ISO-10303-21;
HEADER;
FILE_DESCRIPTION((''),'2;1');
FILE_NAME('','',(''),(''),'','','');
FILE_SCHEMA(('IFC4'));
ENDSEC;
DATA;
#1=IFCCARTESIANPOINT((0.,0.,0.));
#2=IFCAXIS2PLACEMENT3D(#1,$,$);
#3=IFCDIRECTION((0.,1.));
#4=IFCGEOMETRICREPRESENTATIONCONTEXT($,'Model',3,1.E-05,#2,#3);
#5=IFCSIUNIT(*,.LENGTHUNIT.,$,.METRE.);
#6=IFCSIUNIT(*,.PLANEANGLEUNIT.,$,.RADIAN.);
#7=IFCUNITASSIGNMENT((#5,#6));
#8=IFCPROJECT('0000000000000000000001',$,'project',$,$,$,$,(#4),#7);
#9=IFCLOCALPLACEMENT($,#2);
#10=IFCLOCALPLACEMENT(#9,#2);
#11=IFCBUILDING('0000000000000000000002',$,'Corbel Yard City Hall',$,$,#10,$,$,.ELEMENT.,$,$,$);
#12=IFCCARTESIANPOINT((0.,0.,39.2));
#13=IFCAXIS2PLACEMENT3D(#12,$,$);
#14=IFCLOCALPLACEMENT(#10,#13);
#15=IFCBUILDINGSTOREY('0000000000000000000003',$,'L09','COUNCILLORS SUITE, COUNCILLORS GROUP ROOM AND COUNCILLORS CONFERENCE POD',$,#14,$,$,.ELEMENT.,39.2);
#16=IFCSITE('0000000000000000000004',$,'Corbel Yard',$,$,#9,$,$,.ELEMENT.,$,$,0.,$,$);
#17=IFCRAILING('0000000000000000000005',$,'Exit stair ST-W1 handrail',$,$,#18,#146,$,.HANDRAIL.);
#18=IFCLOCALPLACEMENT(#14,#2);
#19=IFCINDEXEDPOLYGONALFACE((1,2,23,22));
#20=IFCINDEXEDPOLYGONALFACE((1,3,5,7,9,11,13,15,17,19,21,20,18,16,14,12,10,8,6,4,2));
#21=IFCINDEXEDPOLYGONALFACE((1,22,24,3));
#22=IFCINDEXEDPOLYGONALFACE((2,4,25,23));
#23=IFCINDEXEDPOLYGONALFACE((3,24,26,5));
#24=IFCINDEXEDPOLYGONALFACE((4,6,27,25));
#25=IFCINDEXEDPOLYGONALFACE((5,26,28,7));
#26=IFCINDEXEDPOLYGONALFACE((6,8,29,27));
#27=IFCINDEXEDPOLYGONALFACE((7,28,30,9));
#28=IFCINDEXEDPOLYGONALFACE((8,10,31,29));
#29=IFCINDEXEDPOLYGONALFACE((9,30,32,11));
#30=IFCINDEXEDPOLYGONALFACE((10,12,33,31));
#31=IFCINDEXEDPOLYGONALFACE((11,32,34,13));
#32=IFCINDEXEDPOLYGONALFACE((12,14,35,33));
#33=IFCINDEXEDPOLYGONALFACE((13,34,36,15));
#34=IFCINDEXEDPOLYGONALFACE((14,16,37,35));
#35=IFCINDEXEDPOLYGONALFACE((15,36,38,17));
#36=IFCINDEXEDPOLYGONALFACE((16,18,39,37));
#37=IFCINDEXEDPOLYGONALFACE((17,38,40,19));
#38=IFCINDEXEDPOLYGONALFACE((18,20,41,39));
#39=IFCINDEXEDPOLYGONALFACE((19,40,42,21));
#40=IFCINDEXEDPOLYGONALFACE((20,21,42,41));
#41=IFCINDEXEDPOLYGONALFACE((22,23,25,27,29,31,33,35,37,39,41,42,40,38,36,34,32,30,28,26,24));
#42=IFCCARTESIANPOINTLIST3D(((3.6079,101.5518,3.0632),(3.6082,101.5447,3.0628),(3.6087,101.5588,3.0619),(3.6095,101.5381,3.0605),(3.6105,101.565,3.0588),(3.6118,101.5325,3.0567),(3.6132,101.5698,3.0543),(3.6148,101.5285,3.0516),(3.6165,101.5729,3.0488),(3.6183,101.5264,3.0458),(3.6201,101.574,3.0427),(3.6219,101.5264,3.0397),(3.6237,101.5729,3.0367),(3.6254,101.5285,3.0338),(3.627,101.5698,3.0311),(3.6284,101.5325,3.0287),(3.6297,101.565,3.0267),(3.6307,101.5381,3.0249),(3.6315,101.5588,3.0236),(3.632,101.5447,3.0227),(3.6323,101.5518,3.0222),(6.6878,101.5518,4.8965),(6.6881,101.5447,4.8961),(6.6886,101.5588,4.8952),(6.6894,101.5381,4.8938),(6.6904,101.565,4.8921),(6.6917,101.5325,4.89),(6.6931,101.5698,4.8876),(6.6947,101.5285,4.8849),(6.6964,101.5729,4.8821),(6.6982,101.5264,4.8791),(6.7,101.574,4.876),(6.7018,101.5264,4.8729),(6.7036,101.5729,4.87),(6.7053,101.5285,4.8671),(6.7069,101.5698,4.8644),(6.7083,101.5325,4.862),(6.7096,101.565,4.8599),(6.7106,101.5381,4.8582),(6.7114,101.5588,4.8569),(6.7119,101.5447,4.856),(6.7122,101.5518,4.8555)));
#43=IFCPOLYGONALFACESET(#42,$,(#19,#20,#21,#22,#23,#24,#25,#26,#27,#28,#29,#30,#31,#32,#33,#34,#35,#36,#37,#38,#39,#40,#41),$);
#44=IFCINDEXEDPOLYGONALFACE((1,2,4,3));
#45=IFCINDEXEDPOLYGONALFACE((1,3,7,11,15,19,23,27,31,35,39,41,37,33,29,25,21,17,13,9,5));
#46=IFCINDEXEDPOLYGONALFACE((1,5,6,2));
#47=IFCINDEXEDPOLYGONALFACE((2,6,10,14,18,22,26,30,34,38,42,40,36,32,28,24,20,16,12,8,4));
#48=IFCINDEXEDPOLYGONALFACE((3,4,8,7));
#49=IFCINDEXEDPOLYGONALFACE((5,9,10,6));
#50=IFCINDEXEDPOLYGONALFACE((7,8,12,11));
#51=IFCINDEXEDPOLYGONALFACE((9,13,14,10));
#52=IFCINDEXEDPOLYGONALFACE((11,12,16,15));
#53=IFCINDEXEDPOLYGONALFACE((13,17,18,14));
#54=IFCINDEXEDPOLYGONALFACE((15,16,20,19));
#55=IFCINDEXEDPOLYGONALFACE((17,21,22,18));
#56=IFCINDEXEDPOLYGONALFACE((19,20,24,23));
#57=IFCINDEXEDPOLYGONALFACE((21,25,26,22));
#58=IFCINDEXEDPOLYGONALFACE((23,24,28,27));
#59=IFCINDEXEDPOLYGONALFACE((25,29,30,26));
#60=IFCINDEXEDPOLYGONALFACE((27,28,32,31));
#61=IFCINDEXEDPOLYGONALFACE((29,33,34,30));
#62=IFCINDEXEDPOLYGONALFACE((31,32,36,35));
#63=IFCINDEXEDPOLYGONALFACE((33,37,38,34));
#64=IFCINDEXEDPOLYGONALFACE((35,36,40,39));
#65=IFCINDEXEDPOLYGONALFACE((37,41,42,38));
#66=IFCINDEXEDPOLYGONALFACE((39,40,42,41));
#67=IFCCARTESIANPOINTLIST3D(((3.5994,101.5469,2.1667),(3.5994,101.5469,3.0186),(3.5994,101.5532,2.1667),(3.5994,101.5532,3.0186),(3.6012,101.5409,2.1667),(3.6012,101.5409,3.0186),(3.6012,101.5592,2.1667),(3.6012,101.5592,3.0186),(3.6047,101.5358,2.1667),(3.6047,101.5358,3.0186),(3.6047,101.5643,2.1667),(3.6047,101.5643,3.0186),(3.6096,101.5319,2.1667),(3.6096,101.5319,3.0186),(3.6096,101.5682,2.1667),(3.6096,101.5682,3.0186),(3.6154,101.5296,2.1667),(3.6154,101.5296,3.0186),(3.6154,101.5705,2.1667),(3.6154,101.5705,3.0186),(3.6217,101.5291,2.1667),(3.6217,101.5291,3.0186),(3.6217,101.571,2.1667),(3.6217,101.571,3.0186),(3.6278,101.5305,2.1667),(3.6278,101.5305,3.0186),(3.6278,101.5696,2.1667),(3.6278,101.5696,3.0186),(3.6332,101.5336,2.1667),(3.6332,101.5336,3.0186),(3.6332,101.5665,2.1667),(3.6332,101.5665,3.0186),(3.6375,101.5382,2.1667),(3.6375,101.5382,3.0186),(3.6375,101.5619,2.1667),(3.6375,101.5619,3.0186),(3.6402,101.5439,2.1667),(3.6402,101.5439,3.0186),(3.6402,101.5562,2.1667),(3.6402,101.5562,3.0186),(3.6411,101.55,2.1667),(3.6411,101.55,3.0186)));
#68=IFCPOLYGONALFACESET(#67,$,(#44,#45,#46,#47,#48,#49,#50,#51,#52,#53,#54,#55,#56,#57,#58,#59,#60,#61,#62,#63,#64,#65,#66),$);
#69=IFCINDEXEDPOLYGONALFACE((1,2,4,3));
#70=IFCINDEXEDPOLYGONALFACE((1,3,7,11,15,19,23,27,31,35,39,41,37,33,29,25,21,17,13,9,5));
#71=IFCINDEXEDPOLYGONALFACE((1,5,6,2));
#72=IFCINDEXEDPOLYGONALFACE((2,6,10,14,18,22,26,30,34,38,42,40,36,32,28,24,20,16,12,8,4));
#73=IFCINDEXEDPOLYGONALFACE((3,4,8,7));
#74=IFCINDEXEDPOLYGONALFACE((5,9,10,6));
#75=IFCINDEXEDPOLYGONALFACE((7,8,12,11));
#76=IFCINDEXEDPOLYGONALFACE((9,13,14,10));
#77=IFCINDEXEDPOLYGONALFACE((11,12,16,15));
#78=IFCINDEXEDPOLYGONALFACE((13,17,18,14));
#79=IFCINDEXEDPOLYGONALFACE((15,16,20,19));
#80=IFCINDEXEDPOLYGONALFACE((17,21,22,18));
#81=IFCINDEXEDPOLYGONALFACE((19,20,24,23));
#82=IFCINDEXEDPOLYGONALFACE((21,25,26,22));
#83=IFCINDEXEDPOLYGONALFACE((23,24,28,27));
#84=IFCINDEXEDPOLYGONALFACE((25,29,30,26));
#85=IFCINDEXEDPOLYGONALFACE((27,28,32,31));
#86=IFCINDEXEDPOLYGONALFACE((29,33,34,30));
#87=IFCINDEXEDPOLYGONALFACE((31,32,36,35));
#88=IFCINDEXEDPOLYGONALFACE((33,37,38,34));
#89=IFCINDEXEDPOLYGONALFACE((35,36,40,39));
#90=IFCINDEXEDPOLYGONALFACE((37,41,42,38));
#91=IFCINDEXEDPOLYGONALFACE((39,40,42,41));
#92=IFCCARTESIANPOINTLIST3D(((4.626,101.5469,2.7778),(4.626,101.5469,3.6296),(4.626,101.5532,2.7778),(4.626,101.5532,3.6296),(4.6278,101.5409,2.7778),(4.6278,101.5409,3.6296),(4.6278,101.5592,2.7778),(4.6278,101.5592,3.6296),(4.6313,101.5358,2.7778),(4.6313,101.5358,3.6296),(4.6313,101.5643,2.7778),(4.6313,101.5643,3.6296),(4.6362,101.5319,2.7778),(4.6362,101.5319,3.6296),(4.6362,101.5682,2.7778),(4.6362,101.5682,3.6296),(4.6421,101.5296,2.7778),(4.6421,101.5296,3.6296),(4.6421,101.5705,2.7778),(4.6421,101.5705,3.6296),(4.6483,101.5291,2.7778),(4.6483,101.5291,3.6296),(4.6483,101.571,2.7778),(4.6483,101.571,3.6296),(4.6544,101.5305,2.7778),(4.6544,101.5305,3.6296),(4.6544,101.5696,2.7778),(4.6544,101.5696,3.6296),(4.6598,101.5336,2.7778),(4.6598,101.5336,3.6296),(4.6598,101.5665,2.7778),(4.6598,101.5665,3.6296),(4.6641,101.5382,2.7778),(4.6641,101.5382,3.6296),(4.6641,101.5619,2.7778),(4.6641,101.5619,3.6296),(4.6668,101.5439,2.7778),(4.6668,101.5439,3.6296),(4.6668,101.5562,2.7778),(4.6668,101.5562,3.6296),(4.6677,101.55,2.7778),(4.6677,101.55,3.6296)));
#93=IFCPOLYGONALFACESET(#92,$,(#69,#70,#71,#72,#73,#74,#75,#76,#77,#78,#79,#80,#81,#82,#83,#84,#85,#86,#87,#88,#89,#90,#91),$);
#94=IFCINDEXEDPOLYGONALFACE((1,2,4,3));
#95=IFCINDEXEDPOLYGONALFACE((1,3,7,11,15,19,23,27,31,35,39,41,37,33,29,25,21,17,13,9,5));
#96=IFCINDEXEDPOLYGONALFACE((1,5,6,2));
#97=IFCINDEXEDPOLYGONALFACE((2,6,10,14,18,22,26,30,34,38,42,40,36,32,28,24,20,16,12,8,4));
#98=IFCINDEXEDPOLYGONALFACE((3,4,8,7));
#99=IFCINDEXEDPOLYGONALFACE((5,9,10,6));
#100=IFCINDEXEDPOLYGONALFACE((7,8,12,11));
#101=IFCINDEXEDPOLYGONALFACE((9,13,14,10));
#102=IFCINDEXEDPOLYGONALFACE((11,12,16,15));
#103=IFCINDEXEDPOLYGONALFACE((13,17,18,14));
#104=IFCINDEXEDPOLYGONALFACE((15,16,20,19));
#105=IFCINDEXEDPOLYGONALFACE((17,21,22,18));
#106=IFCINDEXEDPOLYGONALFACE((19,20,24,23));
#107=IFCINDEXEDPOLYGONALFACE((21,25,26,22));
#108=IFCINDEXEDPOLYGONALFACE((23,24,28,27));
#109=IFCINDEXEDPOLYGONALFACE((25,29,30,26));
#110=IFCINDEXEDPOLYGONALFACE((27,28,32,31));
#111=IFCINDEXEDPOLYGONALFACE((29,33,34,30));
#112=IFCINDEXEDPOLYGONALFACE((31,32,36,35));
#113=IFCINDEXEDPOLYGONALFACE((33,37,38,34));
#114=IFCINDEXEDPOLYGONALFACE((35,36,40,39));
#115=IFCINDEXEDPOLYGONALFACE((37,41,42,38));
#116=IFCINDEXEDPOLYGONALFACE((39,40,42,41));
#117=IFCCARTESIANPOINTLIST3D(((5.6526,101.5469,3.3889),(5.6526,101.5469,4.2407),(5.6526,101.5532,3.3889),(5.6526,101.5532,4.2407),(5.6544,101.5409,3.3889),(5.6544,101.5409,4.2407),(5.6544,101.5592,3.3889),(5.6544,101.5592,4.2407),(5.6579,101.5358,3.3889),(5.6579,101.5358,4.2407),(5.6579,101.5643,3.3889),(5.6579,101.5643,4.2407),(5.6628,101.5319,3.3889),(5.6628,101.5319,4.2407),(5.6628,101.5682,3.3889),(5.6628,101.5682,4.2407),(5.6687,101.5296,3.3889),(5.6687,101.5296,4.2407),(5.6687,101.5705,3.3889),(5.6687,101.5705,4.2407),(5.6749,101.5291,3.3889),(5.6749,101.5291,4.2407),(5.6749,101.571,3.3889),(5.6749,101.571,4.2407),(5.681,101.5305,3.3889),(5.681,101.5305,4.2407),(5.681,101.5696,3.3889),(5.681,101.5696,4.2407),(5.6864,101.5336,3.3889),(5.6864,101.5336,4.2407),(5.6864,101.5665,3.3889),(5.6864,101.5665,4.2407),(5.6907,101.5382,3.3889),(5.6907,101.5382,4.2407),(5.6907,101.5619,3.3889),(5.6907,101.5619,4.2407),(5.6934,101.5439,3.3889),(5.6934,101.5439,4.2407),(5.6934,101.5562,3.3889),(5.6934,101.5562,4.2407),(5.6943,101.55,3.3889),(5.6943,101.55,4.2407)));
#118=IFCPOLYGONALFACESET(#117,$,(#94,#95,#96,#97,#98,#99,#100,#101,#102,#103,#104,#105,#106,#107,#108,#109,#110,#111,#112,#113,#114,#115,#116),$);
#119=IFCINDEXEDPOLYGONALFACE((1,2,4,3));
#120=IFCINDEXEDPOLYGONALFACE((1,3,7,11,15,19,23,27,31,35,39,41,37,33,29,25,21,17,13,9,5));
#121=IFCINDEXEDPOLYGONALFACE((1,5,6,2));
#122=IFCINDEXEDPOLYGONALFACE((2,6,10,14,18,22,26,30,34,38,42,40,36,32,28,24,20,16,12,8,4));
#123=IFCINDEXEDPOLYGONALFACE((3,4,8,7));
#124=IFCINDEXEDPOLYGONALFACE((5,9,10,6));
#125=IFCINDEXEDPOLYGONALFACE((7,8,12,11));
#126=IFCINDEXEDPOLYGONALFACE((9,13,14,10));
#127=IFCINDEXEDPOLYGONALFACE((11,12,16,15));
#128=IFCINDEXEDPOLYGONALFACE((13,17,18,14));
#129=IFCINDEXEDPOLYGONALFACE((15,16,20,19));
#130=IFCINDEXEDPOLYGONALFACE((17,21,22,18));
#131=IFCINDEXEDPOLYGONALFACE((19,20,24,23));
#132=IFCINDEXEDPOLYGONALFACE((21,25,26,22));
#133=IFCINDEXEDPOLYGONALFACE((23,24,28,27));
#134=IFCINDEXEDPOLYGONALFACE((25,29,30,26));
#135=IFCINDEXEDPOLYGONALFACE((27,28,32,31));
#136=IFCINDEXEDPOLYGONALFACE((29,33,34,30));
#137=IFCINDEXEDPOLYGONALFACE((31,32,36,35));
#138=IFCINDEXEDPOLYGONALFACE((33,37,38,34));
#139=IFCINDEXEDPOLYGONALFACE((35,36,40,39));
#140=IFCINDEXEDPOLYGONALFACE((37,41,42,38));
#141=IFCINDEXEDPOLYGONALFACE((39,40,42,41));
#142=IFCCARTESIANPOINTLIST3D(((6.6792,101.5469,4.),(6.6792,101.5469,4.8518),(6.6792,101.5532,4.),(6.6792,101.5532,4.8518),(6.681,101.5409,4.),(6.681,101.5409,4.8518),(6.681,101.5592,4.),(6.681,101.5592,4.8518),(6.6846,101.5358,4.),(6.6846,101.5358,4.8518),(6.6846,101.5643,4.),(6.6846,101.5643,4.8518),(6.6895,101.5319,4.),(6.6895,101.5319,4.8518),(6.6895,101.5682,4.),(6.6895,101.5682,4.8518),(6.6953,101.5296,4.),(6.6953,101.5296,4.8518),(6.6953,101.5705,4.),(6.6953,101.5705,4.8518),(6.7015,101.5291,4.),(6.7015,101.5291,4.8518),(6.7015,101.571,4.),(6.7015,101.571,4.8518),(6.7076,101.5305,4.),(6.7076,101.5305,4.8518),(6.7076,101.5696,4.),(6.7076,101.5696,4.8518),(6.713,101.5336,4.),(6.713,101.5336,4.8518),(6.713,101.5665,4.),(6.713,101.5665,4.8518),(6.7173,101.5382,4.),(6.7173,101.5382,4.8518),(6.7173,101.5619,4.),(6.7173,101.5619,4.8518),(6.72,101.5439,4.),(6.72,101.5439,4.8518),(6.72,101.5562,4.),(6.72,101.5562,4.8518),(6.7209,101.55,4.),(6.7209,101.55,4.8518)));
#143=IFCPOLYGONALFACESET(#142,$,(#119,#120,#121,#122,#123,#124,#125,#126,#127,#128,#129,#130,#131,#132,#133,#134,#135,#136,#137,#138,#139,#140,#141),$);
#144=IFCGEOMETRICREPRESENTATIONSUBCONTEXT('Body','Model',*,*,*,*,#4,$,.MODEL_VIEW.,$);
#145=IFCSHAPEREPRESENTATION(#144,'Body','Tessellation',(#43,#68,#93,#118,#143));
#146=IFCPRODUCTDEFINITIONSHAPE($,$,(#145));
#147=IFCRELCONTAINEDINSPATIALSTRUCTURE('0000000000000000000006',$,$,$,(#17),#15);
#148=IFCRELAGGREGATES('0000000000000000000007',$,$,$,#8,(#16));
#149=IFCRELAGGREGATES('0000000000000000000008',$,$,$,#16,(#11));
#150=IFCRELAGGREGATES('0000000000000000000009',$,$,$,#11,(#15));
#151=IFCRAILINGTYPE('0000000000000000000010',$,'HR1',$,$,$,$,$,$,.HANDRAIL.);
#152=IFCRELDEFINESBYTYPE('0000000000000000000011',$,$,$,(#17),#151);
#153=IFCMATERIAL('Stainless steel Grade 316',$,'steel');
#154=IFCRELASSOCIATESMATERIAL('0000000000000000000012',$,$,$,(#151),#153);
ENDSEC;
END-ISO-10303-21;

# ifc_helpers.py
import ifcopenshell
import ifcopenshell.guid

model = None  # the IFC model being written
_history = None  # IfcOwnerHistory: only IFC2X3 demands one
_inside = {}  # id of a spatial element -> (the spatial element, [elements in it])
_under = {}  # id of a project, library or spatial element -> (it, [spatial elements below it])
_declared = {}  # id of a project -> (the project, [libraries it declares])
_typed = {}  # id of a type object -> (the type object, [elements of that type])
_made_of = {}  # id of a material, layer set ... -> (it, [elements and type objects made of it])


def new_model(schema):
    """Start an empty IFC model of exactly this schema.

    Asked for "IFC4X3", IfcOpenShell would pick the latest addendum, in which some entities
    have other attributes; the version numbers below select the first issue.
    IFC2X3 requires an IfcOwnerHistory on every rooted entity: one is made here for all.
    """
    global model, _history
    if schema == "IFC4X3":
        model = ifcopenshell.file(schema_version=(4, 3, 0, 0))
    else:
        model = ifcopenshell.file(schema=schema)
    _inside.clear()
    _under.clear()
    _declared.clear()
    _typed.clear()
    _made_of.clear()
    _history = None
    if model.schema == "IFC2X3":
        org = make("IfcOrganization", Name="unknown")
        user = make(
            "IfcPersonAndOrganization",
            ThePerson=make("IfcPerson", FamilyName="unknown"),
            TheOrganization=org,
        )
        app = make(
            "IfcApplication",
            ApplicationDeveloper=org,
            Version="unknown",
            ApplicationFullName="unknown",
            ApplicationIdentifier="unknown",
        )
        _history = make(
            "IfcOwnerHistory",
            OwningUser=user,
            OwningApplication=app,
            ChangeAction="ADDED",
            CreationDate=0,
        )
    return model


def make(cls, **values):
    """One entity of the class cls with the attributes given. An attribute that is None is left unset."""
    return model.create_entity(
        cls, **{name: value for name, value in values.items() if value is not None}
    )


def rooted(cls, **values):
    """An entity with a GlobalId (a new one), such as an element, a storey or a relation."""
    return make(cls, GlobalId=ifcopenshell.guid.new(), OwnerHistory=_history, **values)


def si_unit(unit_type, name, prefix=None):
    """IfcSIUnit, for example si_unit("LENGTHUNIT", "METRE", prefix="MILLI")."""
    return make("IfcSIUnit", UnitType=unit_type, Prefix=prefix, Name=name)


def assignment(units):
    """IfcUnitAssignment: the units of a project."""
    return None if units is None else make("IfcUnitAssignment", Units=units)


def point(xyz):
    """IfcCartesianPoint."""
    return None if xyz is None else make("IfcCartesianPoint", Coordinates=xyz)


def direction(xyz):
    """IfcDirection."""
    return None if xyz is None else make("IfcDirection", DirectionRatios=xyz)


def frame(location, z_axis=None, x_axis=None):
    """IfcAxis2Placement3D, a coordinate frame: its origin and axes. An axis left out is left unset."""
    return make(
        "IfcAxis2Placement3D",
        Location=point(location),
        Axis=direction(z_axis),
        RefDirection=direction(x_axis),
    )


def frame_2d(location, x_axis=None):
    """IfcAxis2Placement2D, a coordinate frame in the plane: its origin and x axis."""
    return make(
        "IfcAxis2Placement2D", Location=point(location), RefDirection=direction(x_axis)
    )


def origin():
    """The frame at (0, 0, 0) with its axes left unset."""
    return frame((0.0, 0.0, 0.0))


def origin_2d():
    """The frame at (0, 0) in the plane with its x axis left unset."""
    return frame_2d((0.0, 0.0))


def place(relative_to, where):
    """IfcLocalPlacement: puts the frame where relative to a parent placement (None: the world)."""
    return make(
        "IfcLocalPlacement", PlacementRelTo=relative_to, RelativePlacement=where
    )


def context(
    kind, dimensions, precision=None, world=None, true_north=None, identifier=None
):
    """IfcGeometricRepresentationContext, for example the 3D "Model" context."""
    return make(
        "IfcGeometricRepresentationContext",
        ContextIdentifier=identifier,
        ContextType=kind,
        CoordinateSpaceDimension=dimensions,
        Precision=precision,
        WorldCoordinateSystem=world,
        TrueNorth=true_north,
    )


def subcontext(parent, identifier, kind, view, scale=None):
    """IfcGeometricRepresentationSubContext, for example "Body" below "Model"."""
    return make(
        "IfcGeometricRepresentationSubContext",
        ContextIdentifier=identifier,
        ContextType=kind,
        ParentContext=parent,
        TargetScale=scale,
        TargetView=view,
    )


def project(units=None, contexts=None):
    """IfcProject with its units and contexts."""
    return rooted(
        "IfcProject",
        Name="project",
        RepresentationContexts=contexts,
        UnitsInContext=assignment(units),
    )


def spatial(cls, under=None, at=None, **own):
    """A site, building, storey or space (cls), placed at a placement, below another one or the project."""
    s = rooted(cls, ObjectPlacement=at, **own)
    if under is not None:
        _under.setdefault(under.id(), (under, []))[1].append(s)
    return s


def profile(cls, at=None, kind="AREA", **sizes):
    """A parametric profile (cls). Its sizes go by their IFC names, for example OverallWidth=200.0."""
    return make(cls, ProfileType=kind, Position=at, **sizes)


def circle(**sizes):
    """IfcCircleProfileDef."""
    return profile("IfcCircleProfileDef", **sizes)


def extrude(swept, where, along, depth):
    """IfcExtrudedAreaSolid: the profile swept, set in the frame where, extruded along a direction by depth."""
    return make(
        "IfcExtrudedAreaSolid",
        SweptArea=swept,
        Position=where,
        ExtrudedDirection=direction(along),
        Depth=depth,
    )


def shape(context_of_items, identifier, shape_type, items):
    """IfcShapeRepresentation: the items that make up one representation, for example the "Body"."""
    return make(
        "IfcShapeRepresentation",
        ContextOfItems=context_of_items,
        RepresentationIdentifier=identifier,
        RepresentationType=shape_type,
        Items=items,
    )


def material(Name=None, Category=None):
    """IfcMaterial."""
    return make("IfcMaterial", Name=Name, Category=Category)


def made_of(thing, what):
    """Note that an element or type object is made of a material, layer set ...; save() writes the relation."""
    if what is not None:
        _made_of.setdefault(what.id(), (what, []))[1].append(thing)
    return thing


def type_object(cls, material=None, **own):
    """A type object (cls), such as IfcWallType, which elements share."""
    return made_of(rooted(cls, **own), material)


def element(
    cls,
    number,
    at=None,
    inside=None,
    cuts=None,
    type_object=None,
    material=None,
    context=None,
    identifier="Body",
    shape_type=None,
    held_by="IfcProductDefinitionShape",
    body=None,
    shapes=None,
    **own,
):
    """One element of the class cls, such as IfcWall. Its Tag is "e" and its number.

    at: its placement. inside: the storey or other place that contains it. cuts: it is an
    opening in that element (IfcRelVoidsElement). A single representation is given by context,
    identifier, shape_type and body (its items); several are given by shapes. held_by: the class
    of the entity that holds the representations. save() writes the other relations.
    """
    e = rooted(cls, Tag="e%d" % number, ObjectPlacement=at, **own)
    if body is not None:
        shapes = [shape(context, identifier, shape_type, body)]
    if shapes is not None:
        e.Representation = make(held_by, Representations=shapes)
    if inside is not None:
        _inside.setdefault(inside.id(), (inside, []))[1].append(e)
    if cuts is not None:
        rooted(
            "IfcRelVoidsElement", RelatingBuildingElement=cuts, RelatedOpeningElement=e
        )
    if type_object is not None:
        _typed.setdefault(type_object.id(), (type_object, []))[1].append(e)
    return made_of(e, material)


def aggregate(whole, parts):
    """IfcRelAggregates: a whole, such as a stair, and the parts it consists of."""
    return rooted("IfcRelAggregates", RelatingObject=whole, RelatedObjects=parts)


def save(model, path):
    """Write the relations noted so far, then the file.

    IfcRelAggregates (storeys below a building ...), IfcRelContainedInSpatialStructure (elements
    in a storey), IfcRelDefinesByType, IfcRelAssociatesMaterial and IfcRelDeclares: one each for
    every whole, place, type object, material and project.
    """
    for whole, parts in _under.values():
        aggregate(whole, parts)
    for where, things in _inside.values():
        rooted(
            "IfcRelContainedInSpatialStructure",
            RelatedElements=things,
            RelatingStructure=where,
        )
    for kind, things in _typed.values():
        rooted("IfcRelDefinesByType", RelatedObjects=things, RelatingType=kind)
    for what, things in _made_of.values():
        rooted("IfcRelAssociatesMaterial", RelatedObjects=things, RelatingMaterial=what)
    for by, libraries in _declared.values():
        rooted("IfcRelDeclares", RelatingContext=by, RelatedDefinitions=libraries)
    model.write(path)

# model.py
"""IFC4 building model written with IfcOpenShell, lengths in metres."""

from ifc_helpers import new_model, si_unit, direction, frame, origin, origin_2d, place, context, subcontext, project, spatial, circle, extrude, material, type_object, element, save


model = new_model("IFC4")

# Units and contexts
model_context = context("Model", 3, precision=1e-05, world=origin(), true_north=direction((0.0, 1.0)))
body_context = subcontext(model_context, "Body", "Model", "MODEL_VIEW")
ifc_project = project(units=[si_unit("LENGTHUNIT", "METRE"), si_unit("PLANEANGLEUNIT", "RADIAN")], contexts=[model_context])

# Site, building, storey
site_placement = place(None, origin())
site = spatial("IfcSite", under=ifc_project, at=site_placement, Name="Corbel Yard", CompositionType="ELEMENT", RefElevation=0.0)
building_placement = place(site_placement, origin())
building = spatial("IfcBuilding", under=site, at=building_placement, Name="Corbel Yard City Hall", CompositionType="ELEMENT")
storey_placement = place(building_placement, frame((0.0, 0.0, 39.2)))
storey = spatial("IfcBuildingStorey", under=building, at=storey_placement, Name="L09", Description="COUNCILLORS SUITE, COUNCILLORS GROUP ROOM AND COUNCILLORS CONFERENCE POD", CompositionType="ELEMENT", Elevation=39.2)

# Shared definitions
ifc_material_1 = material(Name="Stainless steel Grade 316", Category="steel")

# Railing
railing_type = type_object("IfcRailingType", Name="HR1", PredefinedType="HANDRAIL", material=ifc_material_1)
for number, where, name in (
    (1, (3.6201, 101.55, 2.1667), "Exit stair ST-W1 handrail"),
):
    element("IfcRailing", number, at=place(storey_placement, frame(where)), inside=storey, type_object=railing_type, Name=name, PredefinedType="HANDRAIL", context=body_context, shape_type="SweptSolid", body=[
        extrude(circle(Radius=0.0239, at=origin_2d()), frame((0.0, 0.0, 0.876), z_axis=(0.859291, 0.0, 0.511487), x_axis=(0.0, 1.0, 0.0)), (0.0, 0.0, 1.0), 3.5842),
        extrude(circle(Radius=0.021, at=origin_2d()), origin(), (0.0, 0.0, 1.0), 0.8518),
        extrude(circle(Radius=0.021, at=origin_2d()), frame((1.0266, 0.0, 0.6111)), (0.0, 0.0, 1.0), 0.8518),
        extrude(circle(Radius=0.021, at=origin_2d()), frame((2.0532, 0.0, 1.2222)), (0.0, 0.0, 1.0), 0.8518),
        extrude(circle(Radius=0.021, at=origin_2d()), frame((3.0798, 0.0, 1.8333)), (0.0, 0.0, 1.0), 0.8518),
    ])

save(model, "model.ifc")
